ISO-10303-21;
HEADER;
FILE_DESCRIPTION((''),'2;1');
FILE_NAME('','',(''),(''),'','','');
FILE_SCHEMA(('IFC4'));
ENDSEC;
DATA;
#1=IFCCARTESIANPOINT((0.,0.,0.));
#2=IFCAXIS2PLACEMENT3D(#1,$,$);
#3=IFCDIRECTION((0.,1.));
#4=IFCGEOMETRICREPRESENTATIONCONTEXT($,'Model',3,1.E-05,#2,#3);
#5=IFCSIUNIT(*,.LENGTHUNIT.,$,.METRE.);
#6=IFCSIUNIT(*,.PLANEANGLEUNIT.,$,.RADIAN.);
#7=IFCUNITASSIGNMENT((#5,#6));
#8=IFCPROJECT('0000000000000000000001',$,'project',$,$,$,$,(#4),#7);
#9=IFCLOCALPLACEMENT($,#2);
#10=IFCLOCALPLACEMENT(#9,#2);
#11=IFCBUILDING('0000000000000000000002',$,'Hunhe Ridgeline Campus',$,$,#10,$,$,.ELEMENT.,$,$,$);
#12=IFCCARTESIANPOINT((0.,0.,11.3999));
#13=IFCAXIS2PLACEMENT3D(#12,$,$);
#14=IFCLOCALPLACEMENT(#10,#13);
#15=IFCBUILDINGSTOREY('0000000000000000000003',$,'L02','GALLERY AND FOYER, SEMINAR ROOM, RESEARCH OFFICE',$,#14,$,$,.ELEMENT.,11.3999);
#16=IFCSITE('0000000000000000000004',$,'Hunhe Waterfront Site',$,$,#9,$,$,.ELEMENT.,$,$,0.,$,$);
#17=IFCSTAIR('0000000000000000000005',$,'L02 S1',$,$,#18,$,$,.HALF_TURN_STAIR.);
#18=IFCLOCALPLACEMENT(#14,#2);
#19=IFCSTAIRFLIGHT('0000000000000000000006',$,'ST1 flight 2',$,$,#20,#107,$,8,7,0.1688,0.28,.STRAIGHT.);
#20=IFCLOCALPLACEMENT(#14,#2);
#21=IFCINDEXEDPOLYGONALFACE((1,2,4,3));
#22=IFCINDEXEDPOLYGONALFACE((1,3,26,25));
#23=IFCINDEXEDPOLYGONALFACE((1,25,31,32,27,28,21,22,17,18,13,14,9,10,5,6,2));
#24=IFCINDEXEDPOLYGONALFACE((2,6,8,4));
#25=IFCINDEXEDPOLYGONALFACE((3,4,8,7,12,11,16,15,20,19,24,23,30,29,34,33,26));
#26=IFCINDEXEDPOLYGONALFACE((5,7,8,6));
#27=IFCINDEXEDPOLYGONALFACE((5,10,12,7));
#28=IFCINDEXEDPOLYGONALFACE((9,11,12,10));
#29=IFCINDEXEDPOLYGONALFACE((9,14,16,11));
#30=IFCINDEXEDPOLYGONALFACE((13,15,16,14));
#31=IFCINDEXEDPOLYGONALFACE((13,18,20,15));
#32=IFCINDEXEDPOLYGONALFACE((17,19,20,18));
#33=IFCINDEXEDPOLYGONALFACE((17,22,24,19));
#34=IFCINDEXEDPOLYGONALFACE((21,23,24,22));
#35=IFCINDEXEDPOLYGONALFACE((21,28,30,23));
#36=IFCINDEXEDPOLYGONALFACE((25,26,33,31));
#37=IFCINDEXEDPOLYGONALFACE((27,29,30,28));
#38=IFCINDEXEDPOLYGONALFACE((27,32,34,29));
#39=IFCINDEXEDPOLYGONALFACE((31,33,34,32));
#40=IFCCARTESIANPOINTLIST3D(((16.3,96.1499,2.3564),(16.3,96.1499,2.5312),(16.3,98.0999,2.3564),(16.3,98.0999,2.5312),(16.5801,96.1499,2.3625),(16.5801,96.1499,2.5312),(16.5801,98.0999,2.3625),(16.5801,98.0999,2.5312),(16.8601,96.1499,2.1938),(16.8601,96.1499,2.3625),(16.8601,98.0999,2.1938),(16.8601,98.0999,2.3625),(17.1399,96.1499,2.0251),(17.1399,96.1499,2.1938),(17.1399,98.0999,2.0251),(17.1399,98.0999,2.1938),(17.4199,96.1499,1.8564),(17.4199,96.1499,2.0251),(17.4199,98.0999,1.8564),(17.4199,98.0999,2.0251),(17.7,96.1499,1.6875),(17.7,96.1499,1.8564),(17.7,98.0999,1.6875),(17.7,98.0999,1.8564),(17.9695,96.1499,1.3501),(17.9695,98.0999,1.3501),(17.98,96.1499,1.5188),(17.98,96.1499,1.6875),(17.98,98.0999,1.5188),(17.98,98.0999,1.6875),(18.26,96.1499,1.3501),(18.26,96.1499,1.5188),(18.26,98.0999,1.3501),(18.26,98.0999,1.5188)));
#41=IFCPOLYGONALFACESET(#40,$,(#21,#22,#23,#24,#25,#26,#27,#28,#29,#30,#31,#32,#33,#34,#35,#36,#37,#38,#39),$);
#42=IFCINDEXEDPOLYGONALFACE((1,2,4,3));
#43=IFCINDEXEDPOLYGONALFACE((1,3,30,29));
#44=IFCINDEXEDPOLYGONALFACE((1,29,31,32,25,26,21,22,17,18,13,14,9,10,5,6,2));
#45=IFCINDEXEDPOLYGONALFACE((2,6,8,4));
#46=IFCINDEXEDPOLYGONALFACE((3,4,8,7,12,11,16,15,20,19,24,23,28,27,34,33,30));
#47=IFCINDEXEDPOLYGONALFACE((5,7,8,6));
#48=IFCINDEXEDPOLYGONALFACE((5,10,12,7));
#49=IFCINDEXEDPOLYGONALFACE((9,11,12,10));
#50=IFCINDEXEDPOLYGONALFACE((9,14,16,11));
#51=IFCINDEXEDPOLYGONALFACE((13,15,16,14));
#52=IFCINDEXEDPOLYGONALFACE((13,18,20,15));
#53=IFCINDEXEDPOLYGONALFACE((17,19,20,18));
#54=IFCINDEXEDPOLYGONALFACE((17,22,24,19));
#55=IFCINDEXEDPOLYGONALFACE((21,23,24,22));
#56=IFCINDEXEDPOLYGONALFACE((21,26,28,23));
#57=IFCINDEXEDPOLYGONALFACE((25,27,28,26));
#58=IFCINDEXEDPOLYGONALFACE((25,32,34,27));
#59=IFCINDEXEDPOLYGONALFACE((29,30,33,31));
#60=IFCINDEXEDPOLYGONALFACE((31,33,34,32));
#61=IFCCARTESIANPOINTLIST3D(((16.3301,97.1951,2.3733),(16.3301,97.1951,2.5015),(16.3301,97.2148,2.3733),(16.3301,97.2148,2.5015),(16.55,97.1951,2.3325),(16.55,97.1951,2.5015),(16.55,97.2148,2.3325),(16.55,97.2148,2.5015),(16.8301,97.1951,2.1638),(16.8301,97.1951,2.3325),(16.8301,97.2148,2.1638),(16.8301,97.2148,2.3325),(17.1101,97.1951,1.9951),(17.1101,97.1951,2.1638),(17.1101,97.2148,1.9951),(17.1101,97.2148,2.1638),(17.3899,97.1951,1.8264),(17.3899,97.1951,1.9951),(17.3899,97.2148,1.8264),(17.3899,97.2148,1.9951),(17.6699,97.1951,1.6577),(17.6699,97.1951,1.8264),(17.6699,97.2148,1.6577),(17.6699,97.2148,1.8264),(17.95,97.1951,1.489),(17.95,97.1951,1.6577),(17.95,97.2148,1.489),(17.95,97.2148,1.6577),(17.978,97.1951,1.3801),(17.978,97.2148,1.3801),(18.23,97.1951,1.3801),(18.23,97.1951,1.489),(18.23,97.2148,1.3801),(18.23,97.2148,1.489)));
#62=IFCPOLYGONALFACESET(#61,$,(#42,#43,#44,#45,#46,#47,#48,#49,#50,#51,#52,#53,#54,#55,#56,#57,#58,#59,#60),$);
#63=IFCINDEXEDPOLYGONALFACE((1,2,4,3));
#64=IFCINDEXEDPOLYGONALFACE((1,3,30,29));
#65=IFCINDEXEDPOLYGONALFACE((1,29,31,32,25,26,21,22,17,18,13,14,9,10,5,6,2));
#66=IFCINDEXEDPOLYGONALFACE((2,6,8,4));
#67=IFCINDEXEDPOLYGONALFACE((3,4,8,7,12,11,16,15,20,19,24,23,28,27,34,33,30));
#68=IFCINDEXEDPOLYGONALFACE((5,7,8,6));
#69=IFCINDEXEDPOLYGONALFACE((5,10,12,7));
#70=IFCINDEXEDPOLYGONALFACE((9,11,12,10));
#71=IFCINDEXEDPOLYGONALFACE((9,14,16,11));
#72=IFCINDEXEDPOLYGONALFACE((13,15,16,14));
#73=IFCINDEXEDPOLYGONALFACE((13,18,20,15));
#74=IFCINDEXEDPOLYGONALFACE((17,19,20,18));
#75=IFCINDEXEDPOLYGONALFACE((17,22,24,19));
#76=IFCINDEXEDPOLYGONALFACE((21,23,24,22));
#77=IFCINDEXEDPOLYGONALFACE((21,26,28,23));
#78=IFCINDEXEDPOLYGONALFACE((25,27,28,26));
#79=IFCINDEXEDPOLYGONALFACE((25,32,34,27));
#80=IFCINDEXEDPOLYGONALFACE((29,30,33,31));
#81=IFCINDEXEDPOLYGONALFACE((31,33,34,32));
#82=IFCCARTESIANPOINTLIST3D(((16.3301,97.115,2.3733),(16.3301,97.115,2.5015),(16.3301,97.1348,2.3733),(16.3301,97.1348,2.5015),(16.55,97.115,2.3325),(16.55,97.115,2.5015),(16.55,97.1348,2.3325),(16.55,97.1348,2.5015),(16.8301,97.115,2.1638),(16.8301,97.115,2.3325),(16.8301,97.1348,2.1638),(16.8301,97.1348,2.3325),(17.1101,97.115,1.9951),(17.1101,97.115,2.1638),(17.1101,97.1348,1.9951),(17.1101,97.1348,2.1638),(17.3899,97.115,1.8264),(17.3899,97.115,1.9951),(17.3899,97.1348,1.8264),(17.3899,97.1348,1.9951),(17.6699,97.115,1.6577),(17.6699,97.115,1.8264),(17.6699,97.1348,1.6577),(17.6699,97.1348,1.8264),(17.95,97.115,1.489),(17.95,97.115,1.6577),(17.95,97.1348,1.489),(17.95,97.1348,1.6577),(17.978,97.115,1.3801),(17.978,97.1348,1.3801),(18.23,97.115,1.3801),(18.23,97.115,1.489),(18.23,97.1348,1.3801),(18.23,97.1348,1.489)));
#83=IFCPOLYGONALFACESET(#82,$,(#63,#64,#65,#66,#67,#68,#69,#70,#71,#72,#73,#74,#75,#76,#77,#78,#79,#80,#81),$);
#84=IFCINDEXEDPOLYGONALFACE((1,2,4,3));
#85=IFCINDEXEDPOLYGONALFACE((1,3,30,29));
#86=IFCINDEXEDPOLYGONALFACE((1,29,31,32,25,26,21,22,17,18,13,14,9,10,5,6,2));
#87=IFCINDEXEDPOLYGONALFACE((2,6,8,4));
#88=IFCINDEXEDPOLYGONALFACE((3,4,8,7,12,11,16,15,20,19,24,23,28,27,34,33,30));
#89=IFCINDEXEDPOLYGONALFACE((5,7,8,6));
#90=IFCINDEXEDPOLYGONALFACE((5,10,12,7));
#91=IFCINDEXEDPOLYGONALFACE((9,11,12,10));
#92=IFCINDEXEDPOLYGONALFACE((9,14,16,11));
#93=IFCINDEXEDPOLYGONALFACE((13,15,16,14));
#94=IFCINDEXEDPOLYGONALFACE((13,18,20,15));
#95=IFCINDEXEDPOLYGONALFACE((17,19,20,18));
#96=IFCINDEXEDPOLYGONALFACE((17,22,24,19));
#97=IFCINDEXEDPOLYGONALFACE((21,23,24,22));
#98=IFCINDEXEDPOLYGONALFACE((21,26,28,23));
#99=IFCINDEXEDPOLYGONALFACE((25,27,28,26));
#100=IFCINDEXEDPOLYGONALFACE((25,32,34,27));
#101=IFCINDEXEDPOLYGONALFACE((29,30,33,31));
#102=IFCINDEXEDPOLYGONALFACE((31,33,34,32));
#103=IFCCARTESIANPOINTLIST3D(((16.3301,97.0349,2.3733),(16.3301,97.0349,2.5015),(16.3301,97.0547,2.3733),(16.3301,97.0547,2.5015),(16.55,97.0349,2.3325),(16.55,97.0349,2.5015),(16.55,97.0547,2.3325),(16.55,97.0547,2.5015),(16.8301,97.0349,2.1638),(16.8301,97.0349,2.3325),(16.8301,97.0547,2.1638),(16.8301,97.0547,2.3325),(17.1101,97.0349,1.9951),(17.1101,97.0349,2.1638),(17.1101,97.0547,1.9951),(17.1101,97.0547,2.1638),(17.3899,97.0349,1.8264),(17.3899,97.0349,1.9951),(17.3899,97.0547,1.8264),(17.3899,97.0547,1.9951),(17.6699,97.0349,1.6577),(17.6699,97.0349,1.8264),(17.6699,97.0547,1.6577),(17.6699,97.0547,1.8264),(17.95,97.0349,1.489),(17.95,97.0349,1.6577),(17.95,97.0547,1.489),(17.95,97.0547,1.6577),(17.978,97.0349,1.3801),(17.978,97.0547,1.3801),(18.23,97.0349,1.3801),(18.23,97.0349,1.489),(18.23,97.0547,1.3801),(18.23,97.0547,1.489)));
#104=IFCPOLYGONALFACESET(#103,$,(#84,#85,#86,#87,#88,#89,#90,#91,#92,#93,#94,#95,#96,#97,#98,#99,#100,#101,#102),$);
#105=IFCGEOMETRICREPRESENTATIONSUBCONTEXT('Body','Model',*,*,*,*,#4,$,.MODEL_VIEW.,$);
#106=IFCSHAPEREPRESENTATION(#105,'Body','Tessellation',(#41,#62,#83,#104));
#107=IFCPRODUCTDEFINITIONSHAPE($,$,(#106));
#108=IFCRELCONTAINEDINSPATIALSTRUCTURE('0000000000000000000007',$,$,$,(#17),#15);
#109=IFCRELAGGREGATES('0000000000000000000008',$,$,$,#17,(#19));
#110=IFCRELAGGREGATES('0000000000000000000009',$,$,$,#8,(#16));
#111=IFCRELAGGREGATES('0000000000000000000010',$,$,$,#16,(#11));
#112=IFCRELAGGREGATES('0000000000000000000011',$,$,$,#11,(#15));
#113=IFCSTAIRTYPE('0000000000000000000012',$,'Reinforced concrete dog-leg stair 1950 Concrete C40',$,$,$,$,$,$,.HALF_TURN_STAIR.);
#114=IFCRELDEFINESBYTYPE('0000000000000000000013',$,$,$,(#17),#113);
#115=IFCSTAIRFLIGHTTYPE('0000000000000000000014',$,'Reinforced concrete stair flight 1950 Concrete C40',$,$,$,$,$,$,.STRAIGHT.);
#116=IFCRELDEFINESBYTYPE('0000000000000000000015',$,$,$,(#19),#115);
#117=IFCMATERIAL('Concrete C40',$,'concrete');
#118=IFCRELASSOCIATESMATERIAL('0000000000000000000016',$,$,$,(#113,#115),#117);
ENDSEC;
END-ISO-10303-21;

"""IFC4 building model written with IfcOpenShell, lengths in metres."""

from ifc_helpers import new_model, si_unit, direction, frame, origin, place, context, subcontext, project, spatial, polyline, outline, extrude, material, type_object, element, aggregate, save


model = new_model("IFC4")

# Units and contexts
model_context = context("Model", 3, precision=1e-05, world=origin(), true_north=direction((0.0, 1.0)))
body_context = subcontext(model_context, "Body", "Model", "MODEL_VIEW")
ifc_project = project(units=[si_unit("LENGTHUNIT", "METRE"), si_unit("PLANEANGLEUNIT", "RADIAN")], contexts=[model_context])

# Site, building, storey
site_placement = place(None, origin())
site = spatial("IfcSite", under=ifc_project, at=site_placement, Name="Hunhe Waterfront Site", CompositionType="ELEMENT", RefElevation=0.0)
building_placement = place(site_placement, origin())
building = spatial("IfcBuilding", under=site, at=building_placement, Name="Hunhe Ridgeline Campus", CompositionType="ELEMENT")
storey_placement = place(building_placement, frame((0.0, 0.0, 11.3999)))
storey = spatial("IfcBuildingStorey", under=building, at=storey_placement, Name="L02", Description="GALLERY AND FOYER, SEMINAR ROOM, RESEARCH OFFICE", CompositionType="ELEMENT", Elevation=11.3999)

# Stair, stair flight
ifc_material_1 = material(Name="Concrete C40", Category="concrete")
stair_type = type_object("IfcStairType", Name="Reinforced concrete dog-leg stair 1950 Concrete C40", PredefinedType="HALF_TURN_STAIR", material=ifc_material_1)
stair_placement = place(storey_placement, origin())
stair = element("IfcStair", 1, at=stair_placement, inside=storey, type_object=stair_type, Name="L02 S1", PredefinedType="HALF_TURN_STAIR")
stair_flight_type = type_object("IfcStairFlightType", Name="Reinforced concrete stair flight 1950 Concrete C40", PredefinedType="STRAIGHT", material=ifc_material_1)
stair_flight_1_placement = place(storey_placement, frame((18.26, 97.125, 1.3501), z_axis=(0.0, 0.0, 1.0), x_axis=(-1.0, 0.0, 0.0)))
stair_flight_1 = element("IfcStairFlight", 2, at=stair_flight_1_placement, type_object=stair_flight_type, Name="ST1 flight 2", NumberOfRisers=8, NumberOfTreads=7, PredefinedType="STRAIGHT", RiserHeight=0.1688, TreadLength=0.28, context=body_context, shape_type="SweptSolid", body=[
    extrude(outline(polyline([(0.0, 0.0), (0.0, 0.1687), (0.28, 0.1687), (0.28, 0.3374), (0.5601, 0.3374), (0.5601, 0.5063), (0.8401, 0.5063), (0.8401, 0.675), (1.1201, 0.675), (1.1201, 0.8438), (1.3999, 0.8438), (1.3999, 1.0125), (1.6799, 1.0125), (1.6799, 1.1812), (1.96, 1.1812), (1.96, 1.3501), (1.96, 1.0063), (0.2905, 0.0), (0.0, 0.0)])), frame((0.0, 0.9751, 0.0), z_axis=(0.0, -1.0, 0.0), x_axis=(1.0, 0.0, 0.0)), (0.0, 0.0, 1.0), 1.95),
    extrude(outline(polyline([(0.03, 0.03), (0.03, 0.1389), (0.3101, 0.1389), (0.3101, 0.3076), (0.5901, 0.3076), (0.5901, 0.4763), (0.8701, 0.4763), (0.8701, 0.645), (1.1499, 0.645), (1.1499, 0.8137), (1.4299, 0.8137), (1.4299, 0.9824), (1.71, 0.9824), (1.71, 1.1514), (1.9299, 1.1514), (1.9299, 1.0232), (0.282, 0.03), (0.03, 0.03)])), frame((0.0, -0.0701, 0.0), z_axis=(0.0, -1.0, 0.0), x_axis=(1.0, 0.0, 0.0)), (0.0, 0.0, 1.0), 0.0198),
    extrude(outline(polyline([(0.03, 0.03), (0.03, 0.1389), (0.3101, 0.1389), (0.3101, 0.3076), (0.5901, 0.3076), (0.5901, 0.4763), (0.8701, 0.4763), (0.8701, 0.645), (1.1499, 0.645), (1.1499, 0.8137), (1.4299, 0.8137), (1.4299, 0.9824), (1.71, 0.9824), (1.71, 1.1514), (1.9299, 1.1514), (1.9299, 1.0232), (0.282, 0.03), (0.03, 0.03)])), frame((0.0, 0.01, 0.0), z_axis=(0.0, -1.0, 0.0), x_axis=(1.0, 0.0, 0.0)), (0.0, 0.0, 1.0), 0.0198),
    extrude(outline(polyline([(0.03, 0.03), (0.03, 0.1389), (0.3101, 0.1389), (0.3101, 0.3076), (0.5901, 0.3076), (0.5901, 0.4763), (0.8701, 0.4763), (0.8701, 0.645), (1.1499, 0.645), (1.1499, 0.8137), (1.4299, 0.8137), (1.4299, 0.9824), (1.71, 0.9824), (1.71, 1.1514), (1.9299, 1.1514), (1.9299, 1.0232), (0.282, 0.03), (0.03, 0.03)])), frame((0.0, 0.0901, 0.0), z_axis=(0.0, -1.0, 0.0), x_axis=(1.0, 0.0, 0.0)), (0.0, 0.0, 1.0), 0.0198),
])
aggregate(stair, [stair_flight_1])

save(model, "model.ifc")
